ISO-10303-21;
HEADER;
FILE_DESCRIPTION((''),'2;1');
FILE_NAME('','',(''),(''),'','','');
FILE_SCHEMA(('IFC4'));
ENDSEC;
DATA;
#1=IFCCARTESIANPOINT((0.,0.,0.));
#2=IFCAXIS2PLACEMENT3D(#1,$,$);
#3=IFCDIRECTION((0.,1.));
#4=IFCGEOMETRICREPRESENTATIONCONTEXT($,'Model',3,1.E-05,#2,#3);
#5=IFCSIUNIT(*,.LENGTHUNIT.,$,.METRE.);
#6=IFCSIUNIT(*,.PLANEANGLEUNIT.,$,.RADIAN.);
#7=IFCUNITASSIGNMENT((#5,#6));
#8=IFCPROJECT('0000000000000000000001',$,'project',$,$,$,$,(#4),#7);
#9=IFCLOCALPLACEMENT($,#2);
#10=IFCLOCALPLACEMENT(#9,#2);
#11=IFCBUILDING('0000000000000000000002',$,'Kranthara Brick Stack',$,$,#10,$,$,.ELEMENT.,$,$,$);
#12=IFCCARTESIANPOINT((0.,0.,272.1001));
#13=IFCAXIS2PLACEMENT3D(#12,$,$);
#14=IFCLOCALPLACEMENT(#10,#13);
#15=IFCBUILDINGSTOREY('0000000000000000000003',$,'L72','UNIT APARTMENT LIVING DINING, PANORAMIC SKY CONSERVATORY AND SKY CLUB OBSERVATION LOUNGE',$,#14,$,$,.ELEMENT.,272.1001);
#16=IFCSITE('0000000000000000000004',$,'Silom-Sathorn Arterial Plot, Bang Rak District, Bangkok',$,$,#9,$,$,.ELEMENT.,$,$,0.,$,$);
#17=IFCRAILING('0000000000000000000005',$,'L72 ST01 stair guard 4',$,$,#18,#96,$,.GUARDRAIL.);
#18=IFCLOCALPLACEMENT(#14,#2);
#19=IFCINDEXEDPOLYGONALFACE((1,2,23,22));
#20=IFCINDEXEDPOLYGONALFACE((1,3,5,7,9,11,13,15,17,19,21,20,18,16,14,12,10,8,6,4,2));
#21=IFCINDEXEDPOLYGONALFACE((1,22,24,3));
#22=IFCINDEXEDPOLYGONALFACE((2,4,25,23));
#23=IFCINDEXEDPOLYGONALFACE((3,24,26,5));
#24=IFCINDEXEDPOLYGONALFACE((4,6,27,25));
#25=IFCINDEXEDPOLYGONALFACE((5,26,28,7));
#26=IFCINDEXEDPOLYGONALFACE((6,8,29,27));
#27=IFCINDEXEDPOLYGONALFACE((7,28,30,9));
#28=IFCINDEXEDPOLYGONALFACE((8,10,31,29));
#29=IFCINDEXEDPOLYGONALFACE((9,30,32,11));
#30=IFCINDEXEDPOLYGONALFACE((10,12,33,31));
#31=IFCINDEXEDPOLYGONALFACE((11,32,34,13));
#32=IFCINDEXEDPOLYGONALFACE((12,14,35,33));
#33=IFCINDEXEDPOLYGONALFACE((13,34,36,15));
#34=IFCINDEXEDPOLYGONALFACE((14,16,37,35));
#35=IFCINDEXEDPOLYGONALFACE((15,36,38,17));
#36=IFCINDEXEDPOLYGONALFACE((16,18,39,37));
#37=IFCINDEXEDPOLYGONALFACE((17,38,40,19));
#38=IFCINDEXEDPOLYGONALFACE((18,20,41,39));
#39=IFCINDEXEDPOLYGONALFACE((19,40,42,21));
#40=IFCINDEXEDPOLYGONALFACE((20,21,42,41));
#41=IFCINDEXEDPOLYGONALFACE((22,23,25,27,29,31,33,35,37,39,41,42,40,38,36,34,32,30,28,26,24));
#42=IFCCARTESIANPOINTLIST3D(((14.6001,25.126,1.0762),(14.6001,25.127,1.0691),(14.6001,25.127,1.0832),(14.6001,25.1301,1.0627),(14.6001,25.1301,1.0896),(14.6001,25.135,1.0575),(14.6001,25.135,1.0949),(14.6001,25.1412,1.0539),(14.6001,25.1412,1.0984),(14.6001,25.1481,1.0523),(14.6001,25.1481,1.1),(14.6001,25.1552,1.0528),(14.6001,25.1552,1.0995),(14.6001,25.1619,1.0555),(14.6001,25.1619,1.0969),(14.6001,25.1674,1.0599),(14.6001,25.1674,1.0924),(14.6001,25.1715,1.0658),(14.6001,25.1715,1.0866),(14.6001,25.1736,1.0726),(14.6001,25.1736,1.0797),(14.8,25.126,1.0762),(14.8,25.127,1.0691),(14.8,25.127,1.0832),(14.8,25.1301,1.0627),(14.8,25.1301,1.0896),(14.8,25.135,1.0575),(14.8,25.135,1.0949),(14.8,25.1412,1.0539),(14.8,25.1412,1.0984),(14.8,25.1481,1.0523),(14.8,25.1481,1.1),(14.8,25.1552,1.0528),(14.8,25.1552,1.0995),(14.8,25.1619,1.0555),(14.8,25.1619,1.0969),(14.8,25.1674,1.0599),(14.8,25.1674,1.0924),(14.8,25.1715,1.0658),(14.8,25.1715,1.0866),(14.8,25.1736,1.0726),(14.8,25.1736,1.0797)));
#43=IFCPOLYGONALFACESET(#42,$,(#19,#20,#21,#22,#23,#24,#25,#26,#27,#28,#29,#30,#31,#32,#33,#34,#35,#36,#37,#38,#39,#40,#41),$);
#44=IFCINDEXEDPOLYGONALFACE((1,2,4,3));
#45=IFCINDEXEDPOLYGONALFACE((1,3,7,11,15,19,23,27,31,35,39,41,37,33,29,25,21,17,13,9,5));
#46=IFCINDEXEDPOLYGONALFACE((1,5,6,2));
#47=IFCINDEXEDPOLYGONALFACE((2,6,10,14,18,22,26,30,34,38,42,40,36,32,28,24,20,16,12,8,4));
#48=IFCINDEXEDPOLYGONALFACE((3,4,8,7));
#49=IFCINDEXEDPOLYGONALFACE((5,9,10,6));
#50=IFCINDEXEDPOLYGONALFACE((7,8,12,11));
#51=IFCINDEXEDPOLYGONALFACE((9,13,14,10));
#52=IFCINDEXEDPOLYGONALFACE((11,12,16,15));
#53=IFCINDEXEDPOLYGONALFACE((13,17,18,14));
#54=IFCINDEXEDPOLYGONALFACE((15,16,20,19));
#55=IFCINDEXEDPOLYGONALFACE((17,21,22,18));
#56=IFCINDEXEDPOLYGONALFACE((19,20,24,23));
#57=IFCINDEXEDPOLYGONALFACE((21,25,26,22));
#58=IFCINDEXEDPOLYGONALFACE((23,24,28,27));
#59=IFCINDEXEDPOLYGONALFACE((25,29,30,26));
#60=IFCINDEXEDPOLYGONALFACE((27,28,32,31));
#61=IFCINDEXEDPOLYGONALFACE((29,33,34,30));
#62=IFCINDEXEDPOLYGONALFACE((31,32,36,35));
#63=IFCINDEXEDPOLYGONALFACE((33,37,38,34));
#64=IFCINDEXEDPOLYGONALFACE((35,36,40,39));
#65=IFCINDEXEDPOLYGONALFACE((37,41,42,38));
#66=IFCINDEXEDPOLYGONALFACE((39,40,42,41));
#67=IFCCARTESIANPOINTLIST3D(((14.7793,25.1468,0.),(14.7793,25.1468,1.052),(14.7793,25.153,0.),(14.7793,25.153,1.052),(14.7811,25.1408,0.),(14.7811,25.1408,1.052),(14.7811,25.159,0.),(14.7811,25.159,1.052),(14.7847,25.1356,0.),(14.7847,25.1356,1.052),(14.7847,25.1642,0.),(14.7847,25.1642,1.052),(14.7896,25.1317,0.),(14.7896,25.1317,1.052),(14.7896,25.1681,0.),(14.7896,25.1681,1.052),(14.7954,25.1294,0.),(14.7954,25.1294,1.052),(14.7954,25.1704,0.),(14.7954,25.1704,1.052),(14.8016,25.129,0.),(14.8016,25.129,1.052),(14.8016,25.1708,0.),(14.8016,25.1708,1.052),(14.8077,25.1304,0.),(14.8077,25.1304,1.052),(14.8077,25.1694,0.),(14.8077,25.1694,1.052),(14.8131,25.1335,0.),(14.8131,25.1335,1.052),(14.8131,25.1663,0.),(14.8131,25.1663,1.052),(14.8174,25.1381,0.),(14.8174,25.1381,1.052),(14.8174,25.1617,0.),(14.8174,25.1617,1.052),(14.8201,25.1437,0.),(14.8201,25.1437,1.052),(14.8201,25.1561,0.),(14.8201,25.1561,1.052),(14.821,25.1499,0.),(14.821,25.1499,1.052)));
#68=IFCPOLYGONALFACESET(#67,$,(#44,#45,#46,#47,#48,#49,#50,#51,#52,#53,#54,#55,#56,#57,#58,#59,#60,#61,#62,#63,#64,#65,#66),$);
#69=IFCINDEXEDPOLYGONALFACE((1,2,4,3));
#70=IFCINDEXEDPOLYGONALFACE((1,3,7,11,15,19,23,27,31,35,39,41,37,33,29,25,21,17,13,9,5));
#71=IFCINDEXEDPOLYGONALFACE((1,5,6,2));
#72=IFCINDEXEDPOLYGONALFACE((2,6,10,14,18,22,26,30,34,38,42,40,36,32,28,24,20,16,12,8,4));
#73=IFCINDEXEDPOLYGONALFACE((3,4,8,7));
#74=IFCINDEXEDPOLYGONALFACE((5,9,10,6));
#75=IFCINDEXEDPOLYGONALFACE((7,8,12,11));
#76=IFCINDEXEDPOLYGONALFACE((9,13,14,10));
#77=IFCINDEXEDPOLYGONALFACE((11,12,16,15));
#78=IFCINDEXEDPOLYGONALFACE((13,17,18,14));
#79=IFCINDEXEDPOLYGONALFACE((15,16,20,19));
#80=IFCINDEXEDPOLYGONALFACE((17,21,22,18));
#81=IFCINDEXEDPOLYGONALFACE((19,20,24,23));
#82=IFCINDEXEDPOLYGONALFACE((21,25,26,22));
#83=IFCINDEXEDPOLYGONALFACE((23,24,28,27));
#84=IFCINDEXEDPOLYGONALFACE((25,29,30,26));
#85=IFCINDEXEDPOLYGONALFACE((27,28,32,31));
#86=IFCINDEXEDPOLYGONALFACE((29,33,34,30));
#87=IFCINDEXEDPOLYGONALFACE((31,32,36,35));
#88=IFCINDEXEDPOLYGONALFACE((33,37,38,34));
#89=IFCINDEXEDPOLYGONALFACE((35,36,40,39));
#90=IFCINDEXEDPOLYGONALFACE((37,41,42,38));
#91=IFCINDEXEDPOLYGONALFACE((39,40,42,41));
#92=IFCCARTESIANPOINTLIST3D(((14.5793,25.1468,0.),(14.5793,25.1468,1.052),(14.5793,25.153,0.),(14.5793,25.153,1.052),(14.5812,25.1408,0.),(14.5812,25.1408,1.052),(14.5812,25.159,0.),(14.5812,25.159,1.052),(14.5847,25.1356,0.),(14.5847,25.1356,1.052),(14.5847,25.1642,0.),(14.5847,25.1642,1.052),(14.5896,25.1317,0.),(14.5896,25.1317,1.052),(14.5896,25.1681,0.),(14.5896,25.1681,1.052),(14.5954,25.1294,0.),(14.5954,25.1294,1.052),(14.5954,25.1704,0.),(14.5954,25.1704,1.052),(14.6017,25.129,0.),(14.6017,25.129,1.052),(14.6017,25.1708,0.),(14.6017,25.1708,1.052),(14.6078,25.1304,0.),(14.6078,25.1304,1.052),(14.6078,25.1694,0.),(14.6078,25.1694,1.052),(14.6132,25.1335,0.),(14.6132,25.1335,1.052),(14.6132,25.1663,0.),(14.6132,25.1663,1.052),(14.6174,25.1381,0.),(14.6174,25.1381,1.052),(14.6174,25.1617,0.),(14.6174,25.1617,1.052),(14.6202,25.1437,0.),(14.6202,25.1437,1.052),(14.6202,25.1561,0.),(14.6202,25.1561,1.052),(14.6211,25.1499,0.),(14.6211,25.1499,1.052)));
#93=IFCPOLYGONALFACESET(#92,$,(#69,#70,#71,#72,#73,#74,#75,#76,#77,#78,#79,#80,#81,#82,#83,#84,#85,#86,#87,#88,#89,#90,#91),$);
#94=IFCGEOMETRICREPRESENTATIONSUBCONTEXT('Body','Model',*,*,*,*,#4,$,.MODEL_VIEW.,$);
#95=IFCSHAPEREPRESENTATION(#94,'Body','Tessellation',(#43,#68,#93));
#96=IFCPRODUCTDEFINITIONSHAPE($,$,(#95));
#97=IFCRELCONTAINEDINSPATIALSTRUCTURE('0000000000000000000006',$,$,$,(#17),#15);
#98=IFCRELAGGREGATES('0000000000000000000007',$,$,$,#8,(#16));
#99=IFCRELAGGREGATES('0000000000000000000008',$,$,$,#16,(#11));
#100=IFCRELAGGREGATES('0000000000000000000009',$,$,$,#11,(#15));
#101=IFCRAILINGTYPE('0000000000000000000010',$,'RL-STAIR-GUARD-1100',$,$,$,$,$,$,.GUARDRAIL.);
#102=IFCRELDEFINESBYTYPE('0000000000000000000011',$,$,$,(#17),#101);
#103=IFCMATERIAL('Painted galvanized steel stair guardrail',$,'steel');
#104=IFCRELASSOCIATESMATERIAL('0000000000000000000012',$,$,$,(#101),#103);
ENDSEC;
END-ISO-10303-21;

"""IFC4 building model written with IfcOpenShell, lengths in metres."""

from ifc_helpers import new_model, si_unit, direction, frame, origin, origin_2d, place, context, subcontext, project, spatial, circle, extrude, material, type_object, element, save


model = new_model("IFC4")

# Units and contexts
model_context = context("Model", 3, precision=1e-05, world=origin(), true_north=direction((0.0, 1.0)))
body_context = subcontext(model_context, "Body", "Model", "MODEL_VIEW")
ifc_project = project(units=[si_unit("LENGTHUNIT", "METRE"), si_unit("PLANEANGLEUNIT", "RADIAN")], contexts=[model_context])

# Site, building, storey
site_placement = place(None, origin())
site = spatial("IfcSite", under=ifc_project, at=site_placement, Name="Silom-Sathorn Arterial Plot, Bang Rak District, Bangkok", CompositionType="ELEMENT", RefElevation=0.0)
building_placement = place(site_placement, origin())
building = spatial("IfcBuilding", under=site, at=building_placement, Name="Kranthara Brick Stack", CompositionType="ELEMENT")
storey_placement = place(building_placement, frame((0.0, 0.0, 272.1001)))
storey = spatial("IfcBuildingStorey", under=building, at=storey_placement, Name="L72", Description="UNIT APARTMENT LIVING DINING, PANORAMIC SKY CONSERVATORY AND SKY CLUB OBSERVATION LOUNGE", CompositionType="ELEMENT", Elevation=272.1001)

# Railing
ifc_material_1 = material(Name="Painted galvanized steel stair guardrail", Category="steel")
railing_type_1 = type_object("IfcRailingType", Name="RL-STAIR-GUARD-1100", PredefinedType="GUARDRAIL", material=ifc_material_1)
railing_1_placement = place(storey_placement, frame((14.8, 25.1499, 0.0)))
element("IfcRailing", 1, at=railing_1_placement, inside=storey, type_object=railing_type_1, Name="L72 ST01 stair guard 4", PredefinedType="GUARDRAIL", context=body_context, shape_type="SweptSolid", body=[
    extrude(circle(Radius=0.0239, at=origin_2d()), frame((0.0, 0.0, 1.0762), z_axis=(-1.0, 0.0, 0.0), x_axis=(0.0, -1.0, 0.0)), (0.0, 0.0, 1.0), 0.2),
    extrude(circle(Radius=0.021, at=origin_2d()), origin(), (0.0, 0.0, 1.0), 1.052),
    extrude(circle(Radius=0.021, at=origin_2d()), frame((-0.2, 0.0, 0.0)), (0.0, 0.0, 1.0), 1.052),
])

save(model, "model.ifc")
